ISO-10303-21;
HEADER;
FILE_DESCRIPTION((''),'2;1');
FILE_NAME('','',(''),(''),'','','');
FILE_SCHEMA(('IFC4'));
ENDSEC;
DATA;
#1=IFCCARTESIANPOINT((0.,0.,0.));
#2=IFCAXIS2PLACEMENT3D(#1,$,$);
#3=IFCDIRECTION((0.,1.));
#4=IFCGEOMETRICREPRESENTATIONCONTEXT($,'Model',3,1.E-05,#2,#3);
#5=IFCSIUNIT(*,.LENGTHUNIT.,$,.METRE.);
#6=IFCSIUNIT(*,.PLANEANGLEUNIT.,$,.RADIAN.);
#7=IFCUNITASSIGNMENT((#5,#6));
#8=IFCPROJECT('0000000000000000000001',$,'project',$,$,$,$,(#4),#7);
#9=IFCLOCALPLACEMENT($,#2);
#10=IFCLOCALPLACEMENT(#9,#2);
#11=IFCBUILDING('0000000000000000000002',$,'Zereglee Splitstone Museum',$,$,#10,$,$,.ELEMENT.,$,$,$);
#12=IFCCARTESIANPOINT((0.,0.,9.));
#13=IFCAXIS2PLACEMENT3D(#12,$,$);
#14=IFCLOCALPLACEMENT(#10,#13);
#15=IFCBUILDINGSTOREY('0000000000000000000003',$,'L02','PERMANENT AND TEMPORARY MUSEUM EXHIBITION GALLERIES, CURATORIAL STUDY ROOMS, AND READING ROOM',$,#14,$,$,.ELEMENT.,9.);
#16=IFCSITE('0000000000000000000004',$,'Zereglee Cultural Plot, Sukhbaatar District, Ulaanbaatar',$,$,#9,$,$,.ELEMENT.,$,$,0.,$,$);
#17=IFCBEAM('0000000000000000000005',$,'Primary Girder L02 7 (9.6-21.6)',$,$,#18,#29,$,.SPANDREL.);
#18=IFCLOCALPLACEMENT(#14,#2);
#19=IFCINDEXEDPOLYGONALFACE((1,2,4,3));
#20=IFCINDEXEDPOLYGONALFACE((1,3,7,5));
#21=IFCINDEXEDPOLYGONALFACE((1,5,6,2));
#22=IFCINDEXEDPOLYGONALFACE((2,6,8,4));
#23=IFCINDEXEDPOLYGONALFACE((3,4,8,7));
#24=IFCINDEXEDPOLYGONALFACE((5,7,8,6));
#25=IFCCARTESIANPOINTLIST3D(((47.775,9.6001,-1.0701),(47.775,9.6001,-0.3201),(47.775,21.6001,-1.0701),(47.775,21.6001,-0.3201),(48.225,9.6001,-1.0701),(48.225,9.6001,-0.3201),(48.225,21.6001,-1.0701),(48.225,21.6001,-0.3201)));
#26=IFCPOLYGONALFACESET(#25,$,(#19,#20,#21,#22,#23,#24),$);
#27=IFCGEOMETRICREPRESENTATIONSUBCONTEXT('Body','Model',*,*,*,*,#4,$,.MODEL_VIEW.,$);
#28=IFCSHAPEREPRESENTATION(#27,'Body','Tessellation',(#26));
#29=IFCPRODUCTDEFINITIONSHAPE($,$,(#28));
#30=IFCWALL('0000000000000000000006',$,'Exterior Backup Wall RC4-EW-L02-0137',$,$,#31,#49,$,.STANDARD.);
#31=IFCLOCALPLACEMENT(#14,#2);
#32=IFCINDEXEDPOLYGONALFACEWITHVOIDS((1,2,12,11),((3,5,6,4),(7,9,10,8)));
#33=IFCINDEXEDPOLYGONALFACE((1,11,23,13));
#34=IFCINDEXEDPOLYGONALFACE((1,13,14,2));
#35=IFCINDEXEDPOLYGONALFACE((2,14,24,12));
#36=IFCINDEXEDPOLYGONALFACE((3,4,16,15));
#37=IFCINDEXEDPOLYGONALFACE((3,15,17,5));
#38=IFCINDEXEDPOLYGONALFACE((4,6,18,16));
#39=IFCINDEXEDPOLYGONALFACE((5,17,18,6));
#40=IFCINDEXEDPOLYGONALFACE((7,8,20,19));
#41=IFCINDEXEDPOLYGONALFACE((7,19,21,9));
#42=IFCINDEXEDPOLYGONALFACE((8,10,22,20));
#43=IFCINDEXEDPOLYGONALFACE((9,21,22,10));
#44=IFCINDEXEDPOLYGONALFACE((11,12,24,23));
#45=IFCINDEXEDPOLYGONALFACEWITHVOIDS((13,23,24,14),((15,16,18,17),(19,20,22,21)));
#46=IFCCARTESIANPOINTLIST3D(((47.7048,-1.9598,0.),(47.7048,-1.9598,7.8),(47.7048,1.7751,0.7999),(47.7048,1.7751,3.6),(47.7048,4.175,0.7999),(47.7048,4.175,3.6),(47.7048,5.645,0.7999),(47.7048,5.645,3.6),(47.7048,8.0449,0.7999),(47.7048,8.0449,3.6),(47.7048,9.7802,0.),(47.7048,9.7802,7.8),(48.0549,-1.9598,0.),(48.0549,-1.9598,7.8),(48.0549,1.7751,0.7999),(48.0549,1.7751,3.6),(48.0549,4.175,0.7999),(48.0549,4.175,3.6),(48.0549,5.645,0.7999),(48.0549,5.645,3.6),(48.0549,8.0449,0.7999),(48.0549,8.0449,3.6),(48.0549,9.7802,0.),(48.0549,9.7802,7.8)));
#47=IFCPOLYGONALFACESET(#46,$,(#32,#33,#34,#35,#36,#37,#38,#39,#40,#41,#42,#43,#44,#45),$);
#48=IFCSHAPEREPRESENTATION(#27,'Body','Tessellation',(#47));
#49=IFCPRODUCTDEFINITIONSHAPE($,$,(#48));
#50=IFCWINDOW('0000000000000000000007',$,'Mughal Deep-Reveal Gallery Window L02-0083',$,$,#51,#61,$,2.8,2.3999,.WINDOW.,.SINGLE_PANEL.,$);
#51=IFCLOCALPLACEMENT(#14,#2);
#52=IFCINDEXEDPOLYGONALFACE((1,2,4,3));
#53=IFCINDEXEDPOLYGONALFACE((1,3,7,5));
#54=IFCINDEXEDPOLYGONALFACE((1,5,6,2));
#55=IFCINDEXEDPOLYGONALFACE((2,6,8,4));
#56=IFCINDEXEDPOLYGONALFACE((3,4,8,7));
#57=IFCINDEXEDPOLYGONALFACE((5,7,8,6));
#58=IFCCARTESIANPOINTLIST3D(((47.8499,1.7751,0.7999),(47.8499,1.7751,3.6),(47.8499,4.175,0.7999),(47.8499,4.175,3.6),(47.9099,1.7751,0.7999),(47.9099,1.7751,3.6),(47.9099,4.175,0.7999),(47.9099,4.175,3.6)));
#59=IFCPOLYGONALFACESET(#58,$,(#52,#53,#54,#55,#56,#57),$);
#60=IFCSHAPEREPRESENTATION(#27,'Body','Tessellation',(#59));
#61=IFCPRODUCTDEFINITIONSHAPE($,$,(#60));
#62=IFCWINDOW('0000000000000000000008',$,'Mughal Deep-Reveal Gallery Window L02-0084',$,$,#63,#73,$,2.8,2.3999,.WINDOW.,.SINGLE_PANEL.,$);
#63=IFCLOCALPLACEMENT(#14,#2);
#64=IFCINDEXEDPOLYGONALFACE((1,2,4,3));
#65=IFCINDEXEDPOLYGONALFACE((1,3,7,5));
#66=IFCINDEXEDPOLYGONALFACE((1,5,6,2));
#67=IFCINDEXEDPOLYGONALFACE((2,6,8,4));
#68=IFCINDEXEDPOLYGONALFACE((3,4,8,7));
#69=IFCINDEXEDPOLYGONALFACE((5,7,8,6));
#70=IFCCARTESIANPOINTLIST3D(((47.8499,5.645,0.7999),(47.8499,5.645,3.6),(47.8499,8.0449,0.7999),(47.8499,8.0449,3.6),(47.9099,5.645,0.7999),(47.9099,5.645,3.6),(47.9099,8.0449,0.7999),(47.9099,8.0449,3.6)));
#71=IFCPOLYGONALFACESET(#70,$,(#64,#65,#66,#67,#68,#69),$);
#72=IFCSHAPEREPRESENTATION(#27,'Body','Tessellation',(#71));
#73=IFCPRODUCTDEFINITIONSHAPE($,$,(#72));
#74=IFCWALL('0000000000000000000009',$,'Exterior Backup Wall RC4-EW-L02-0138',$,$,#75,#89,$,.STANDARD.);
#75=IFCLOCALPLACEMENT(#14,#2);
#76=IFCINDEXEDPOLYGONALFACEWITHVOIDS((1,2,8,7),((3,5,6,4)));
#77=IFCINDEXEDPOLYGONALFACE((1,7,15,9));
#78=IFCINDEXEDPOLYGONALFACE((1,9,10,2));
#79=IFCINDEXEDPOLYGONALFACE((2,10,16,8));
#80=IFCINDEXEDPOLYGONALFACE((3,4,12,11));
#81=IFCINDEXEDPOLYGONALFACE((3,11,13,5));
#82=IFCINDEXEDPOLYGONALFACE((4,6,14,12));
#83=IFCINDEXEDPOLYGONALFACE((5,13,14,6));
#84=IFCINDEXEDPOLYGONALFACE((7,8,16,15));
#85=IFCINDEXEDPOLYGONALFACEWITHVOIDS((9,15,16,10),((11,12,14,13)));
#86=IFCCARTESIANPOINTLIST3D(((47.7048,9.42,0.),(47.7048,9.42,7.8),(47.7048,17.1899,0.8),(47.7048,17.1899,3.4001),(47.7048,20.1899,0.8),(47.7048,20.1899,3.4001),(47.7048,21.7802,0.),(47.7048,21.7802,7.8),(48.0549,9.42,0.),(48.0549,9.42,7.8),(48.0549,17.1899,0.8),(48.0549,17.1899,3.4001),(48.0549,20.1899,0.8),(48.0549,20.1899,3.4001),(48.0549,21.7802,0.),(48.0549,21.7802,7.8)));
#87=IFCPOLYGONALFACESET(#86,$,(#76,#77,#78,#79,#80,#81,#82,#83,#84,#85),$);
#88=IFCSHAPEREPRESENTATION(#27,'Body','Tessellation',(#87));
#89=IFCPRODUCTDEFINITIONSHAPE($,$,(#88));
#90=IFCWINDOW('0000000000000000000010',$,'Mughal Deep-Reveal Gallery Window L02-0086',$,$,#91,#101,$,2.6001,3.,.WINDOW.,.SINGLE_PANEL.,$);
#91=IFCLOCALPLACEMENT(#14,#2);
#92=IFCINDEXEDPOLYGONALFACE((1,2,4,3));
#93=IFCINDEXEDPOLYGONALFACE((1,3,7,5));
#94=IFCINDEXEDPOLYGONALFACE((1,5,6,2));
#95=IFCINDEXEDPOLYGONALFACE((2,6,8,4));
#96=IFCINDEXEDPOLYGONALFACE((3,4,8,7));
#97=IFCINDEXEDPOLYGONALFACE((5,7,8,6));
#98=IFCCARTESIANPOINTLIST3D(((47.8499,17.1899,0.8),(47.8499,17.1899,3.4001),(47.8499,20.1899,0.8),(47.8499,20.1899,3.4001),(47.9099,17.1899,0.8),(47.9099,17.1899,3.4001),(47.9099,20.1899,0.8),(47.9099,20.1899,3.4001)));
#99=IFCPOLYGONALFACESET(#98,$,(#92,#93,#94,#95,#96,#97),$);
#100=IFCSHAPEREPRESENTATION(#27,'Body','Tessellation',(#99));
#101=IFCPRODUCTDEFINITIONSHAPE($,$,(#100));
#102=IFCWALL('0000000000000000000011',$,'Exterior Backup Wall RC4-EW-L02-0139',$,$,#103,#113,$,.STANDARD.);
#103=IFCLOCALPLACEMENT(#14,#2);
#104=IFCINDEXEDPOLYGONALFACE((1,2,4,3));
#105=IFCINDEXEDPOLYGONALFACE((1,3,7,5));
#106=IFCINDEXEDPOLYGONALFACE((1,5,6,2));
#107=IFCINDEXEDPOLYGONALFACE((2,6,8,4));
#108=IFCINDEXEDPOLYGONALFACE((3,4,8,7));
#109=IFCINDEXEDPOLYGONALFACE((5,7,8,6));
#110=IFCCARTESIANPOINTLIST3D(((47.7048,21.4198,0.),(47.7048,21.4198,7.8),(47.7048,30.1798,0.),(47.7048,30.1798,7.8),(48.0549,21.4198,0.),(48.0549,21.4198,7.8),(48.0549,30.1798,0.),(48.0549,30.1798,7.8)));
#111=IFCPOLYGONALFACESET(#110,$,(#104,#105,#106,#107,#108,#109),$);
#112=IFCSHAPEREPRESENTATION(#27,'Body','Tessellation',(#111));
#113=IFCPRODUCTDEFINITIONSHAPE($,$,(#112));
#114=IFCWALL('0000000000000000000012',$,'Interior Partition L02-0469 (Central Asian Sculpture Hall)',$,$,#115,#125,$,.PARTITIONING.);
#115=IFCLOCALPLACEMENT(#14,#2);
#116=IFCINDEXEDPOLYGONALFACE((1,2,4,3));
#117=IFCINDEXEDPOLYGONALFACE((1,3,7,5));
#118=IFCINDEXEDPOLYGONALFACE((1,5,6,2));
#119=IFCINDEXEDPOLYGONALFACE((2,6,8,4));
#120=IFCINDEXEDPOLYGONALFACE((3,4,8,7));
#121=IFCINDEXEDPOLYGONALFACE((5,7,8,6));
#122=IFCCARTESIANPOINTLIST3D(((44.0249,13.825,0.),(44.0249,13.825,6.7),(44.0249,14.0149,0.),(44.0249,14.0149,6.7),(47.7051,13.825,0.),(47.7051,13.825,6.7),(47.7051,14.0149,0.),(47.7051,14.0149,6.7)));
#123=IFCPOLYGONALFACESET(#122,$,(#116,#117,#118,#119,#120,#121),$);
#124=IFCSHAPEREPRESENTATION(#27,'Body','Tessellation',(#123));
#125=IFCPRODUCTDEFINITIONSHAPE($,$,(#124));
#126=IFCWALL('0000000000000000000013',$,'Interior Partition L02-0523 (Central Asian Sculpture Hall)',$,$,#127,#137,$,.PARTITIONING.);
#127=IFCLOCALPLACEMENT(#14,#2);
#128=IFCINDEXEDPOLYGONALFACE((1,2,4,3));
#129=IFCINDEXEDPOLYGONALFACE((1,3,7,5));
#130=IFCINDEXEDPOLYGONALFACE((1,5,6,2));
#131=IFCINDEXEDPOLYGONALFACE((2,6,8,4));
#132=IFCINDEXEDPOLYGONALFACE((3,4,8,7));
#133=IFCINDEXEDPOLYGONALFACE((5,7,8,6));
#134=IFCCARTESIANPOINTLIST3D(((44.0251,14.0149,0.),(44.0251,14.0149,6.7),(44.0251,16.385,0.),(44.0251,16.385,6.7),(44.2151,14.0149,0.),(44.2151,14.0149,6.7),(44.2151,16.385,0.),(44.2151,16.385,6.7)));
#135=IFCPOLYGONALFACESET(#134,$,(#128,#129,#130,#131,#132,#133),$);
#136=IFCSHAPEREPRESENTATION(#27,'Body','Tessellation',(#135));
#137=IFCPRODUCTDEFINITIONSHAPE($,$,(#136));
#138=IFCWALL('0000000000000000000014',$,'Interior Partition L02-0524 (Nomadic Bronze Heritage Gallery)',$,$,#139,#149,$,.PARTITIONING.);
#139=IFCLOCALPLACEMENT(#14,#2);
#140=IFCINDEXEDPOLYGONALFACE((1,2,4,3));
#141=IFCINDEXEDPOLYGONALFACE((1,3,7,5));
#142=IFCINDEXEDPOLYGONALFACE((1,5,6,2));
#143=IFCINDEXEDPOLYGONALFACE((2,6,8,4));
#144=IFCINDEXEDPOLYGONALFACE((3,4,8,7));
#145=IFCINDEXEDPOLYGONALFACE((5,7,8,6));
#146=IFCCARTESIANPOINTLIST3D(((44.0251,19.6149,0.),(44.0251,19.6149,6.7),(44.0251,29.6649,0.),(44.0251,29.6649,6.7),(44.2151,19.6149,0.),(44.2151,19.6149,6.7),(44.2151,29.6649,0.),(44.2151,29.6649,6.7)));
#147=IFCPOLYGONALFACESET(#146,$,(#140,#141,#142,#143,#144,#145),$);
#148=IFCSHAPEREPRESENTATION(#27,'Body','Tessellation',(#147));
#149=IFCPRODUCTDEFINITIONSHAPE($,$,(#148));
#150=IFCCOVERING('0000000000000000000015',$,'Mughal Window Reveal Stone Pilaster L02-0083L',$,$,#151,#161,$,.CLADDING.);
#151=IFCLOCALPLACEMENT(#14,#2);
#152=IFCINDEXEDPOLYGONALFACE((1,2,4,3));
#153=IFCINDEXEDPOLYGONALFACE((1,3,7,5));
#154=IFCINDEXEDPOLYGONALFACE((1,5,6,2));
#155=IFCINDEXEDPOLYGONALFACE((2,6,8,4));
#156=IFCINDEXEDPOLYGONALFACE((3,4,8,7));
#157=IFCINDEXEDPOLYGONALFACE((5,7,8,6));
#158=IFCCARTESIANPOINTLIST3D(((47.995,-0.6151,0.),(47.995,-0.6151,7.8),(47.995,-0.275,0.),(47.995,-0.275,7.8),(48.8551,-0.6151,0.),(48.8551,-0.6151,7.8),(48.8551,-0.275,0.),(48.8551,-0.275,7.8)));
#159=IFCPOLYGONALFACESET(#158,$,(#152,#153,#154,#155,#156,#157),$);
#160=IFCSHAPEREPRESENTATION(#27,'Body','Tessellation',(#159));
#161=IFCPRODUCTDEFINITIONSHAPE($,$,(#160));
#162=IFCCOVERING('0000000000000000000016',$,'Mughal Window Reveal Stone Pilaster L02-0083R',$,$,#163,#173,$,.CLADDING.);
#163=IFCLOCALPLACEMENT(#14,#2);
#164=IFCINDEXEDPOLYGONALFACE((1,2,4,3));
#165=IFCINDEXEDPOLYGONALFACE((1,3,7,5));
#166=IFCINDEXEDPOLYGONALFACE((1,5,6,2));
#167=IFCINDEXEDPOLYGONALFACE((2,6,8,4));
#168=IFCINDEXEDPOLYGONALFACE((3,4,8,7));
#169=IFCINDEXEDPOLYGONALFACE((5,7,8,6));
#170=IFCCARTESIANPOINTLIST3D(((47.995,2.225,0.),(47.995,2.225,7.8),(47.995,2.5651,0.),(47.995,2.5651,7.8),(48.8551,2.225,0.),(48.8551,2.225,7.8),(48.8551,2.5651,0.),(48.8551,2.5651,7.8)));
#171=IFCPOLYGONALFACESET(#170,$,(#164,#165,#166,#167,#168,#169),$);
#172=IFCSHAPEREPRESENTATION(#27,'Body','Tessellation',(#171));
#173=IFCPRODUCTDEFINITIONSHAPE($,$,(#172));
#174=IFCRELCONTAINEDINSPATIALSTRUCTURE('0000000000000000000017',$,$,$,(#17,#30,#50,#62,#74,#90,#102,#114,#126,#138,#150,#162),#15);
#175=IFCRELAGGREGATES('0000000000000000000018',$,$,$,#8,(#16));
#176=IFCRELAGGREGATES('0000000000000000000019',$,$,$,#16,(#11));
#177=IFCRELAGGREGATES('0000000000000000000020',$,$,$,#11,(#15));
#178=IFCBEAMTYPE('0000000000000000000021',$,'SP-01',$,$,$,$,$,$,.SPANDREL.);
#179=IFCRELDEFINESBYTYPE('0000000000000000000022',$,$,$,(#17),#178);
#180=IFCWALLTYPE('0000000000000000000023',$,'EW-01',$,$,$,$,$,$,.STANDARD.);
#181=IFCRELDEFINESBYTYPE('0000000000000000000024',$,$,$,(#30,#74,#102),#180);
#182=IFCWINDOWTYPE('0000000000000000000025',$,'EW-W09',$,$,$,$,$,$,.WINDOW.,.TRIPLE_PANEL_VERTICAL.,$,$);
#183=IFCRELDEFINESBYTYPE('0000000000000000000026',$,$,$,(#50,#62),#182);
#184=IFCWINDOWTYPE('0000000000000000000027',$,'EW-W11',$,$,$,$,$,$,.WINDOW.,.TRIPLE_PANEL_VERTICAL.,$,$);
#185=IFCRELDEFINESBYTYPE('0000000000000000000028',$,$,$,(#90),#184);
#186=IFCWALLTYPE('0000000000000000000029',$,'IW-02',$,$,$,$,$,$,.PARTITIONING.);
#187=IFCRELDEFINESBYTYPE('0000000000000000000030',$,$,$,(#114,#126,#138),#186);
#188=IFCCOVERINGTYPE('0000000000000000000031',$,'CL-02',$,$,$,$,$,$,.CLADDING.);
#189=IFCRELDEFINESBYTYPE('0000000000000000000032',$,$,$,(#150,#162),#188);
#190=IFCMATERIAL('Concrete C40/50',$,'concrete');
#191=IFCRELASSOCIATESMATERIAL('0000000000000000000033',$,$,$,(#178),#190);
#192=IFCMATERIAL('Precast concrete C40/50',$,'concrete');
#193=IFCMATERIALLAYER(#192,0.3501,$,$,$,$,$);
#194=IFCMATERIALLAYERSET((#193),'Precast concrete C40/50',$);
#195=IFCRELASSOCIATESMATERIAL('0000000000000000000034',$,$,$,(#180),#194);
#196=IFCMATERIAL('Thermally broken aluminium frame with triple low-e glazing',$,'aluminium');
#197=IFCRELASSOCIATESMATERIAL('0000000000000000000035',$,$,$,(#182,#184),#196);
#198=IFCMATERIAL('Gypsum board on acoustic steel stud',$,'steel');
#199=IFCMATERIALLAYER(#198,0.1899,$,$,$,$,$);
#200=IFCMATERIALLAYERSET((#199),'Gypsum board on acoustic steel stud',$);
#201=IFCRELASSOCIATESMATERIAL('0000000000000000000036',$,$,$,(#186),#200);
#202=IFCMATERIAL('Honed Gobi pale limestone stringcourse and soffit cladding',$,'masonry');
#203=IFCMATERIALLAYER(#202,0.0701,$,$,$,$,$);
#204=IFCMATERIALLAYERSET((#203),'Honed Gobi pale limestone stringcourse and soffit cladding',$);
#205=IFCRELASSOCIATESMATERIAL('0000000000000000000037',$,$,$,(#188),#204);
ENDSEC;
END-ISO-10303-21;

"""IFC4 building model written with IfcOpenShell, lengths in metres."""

from ifc_helpers import new_model, si_unit, direction, frame, frame_2d, origin, origin_2d, place, context, subcontext, project, spatial, rectangle, extrude, material, layer, layer_set, material_profile, profile_set, type_object, element, fill, save


model = new_model("IFC4")

# Units and contexts
model_context = context("Model", 3, precision=1e-05, world=origin(), true_north=direction((0.0, 1.0)))
body_context = subcontext(model_context, "Body", "Model", "MODEL_VIEW")
ifc_project = project(units=[si_unit("LENGTHUNIT", "METRE"), si_unit("PLANEANGLEUNIT", "RADIAN")], contexts=[model_context])

# Site, building, storey
site_placement = place(None, origin())
site = spatial("IfcSite", under=ifc_project, at=site_placement, Name="Zereglee Cultural Plot, Sukhbaatar District, Ulaanbaatar", CompositionType="ELEMENT", RefElevation=0.0)
building_placement = place(site_placement, origin())
building = spatial("IfcBuilding", under=site, at=building_placement, Name="Zereglee Splitstone Museum", CompositionType="ELEMENT")
storey_placement = place(building_placement, frame((0.0, 0.0, 9.0)))
storey = spatial("IfcBuildingStorey", under=building, at=storey_placement, Name="L02", Description="PERMANENT AND TEMPORARY MUSEUM EXHIBITION GALLERIES, CURATORIAL STUDY ROOMS, AND READING ROOM", CompositionType="ELEMENT", Elevation=9.0)

# Beam
ifc_material_1 = material(Name="Concrete C40/50", Category="concrete")
ifc_material_profile_1 = material_profile(ifc_material_1, rectangle(XDim=0.45, YDim=0.75, at=origin_2d()), Name="RC 450x750")
ifc_profile_set_1 = profile_set([ifc_material_profile_1], Name="Concrete C40/50")
beam_type_1 = type_object("IfcBeamType", Name="SP-01", PredefinedType="SPANDREL", material=ifc_profile_set_1)
beam_1_placement = place(storey_placement, frame((48.0, 9.6001, -0.6951), z_axis=(0.0, 1.0, 0.0), x_axis=(-1.0, 0.0, 0.0)))
element("IfcBeam", 1, at=beam_1_placement, inside=storey, type_object=beam_type_1, Name="Primary Girder L02 7 (9.6-21.6)", PredefinedType="SPANDREL", context=body_context, shape_type="SweptSolid", body=[
    extrude(rectangle(XDim=0.45, YDim=0.75, at=origin_2d()), origin(), (0.0, 0.0, 1.0), 12.0),
])

# Wall, openings, windows
ifc_material_2 = material(Name="Precast concrete C40/50", Category="concrete")
ifc_layer_1 = layer(ifc_material_2, 0.3501)
ifc_layer_set_1 = layer_set([ifc_layer_1], Name="Precast concrete C40/50")
wall_type_1 = type_object("IfcWallType", Name="EW-01", PredefinedType="STANDARD", material=ifc_layer_set_1)
wall_1_placement = place(storey_placement, frame((47.8799, -1.96, 0.0), z_axis=(0.0, 0.0, 1.0), x_axis=(0.0, 1.0, 0.0)))
wall_1 = element("IfcWall", 2, at=wall_1_placement, inside=storey, type_object=wall_type_1, Name="Exterior Backup Wall RC4-EW-L02-0137", PredefinedType="STANDARD", context=body_context, shape_type="SweptSolid", body=[
    extrude(rectangle(XDim=11.74, YDim=0.3501, at=frame_2d((5.8701, 0.0))), origin(), (0.0, 0.0, 1.0), 7.8),
])
opening_1_placement = place(wall_1_placement, frame((3.7351, 0.0, 0.8)))
opening_1 = element("IfcOpeningElement", 3, at=opening_1_placement, cuts=wall_1, PredefinedType="OPENING", context=body_context, shape_type="SweptSolid", body=[
    extrude(rectangle(XDim=2.3999, YDim=2.8, at=frame_2d((1.2, 1.3999))), frame((0.0, 0.1899, 0.0), z_axis=(0.0, -1.0, 0.0), x_axis=(1.0, 0.0, 0.0)), (0.0, 0.0, 1.0), 0.3799),
])
opening_2_placement = place(wall_1_placement, frame((7.605, 0.0, 0.8)))
opening_2 = element("IfcOpeningElement", 4, at=opening_2_placement, cuts=wall_1, PredefinedType="OPENING", context=body_context, shape_type="SweptSolid", body=[
    extrude(rectangle(XDim=2.3999, YDim=2.8, at=frame_2d((1.2, 1.3999))), frame((0.0, 0.1899, 0.0), z_axis=(0.0, -1.0, 0.0), x_axis=(1.0, 0.0, 0.0)), (0.0, 0.0, 1.0), 0.3799),
])
ifc_material_3 = material(Name="Thermally broken aluminium frame with triple low-e glazing", Category="aluminium")
window_type_1 = type_object("IfcWindowType", Name="EW-W09", PartitioningType="TRIPLE_PANEL_VERTICAL", PredefinedType="WINDOW", material=ifc_material_3)
window_1_placement = place(opening_1_placement, origin())
window_1 = element("IfcWindow", 5, at=window_1_placement, inside=storey, type_object=window_type_1, Name="Mughal Deep-Reveal Gallery Window L02-0083", OverallHeight=2.8, OverallWidth=2.3999, PartitioningType="SINGLE_PANEL", PredefinedType="WINDOW", context=body_context, shape_type="SweptSolid", body=[
    extrude(rectangle(XDim=2.3999, YDim=2.8, at=frame_2d((1.2, 1.3999))), frame((0.0, 0.03, 0.0), z_axis=(0.0, -1.0, 0.0), x_axis=(1.0, 0.0, 0.0)), (0.0, 0.0, 1.0), 0.0601),
])
fill(opening_1, window_1)
window_2_placement = place(opening_2_placement, origin())
window_2 = element("IfcWindow", 6, at=window_2_placement, inside=storey, type_object=window_type_1, Name="Mughal Deep-Reveal Gallery Window L02-0084", OverallHeight=2.8, OverallWidth=2.3999, PartitioningType="SINGLE_PANEL", PredefinedType="WINDOW", context=body_context, shape_type="SweptSolid", body=[
    extrude(rectangle(XDim=2.3999, YDim=2.8, at=frame_2d((1.2, 1.3999))), frame((0.0, 0.03, 0.0), z_axis=(0.0, -1.0, 0.0), x_axis=(1.0, 0.0, 0.0)), (0.0, 0.0, 1.0), 0.0601),
])
fill(opening_2, window_2)

# Wall, opening, window
wall_2_placement = place(storey_placement, frame((47.8799, 9.4199, 0.0), z_axis=(0.0, 0.0, 1.0), x_axis=(0.0, 1.0, 0.0)))
wall_2 = element("IfcWall", 7, at=wall_2_placement, inside=storey, type_object=wall_type_1, Name="Exterior Backup Wall RC4-EW-L02-0138", PredefinedType="STANDARD", context=body_context, shape_type="SweptSolid", body=[
    extrude(rectangle(XDim=12.3601, YDim=0.3501, at=frame_2d((6.1802, 0.0))), origin(), (0.0, 0.0, 1.0), 7.8),
])
opening_3_placement = place(wall_2_placement, frame((7.77, 0.0, 0.8)))
opening_3 = element("IfcOpeningElement", 8, at=opening_3_placement, cuts=wall_2, PredefinedType="OPENING", context=body_context, shape_type="SweptSolid", body=[
    extrude(rectangle(XDim=3.0, YDim=2.6001, at=frame_2d((1.5, 1.3))), frame((0.0, 0.1899, 0.0), z_axis=(0.0, -1.0, 0.0), x_axis=(1.0, 0.0, 0.0)), (0.0, 0.0, 1.0), 0.3799),
])
window_type_2 = type_object("IfcWindowType", Name="EW-W11", PartitioningType="TRIPLE_PANEL_VERTICAL", PredefinedType="WINDOW", material=ifc_material_3)
window_3_placement = place(opening_3_placement, origin())
window_3 = element("IfcWindow", 9, at=window_3_placement, inside=storey, type_object=window_type_2, Name="Mughal Deep-Reveal Gallery Window L02-0086", OverallHeight=2.6001, OverallWidth=3.0, PartitioningType="SINGLE_PANEL", PredefinedType="WINDOW", context=body_context, shape_type="SweptSolid", body=[
    extrude(rectangle(XDim=3.0, YDim=2.6001, at=frame_2d((1.5, 1.3))), frame((0.0, 0.03, 0.0), z_axis=(0.0, -1.0, 0.0), x_axis=(1.0, 0.0, 0.0)), (0.0, 0.0, 1.0), 0.0601),
])
fill(opening_3, window_3)

# Walls
wall_3_placement = place(storey_placement, frame((47.8799, 21.4199, 0.0), z_axis=(0.0, 0.0, 1.0), x_axis=(0.0, 1.0, 0.0)))
element("IfcWall", 10, at=wall_3_placement, inside=storey, type_object=wall_type_1, Name="Exterior Backup Wall RC4-EW-L02-0139", PredefinedType="STANDARD", context=body_context, shape_type="SweptSolid", body=[
    extrude(rectangle(XDim=8.76, YDim=0.3501, at=frame_2d((4.3799, 0.0))), origin(), (0.0, 0.0, 1.0), 7.8),
])
ifc_material_4 = material(Name="Gypsum board on acoustic steel stud", Category="steel")
ifc_layer_2 = layer(ifc_material_4, 0.1899)
ifc_layer_set_2 = layer_set([ifc_layer_2], Name="Gypsum board on acoustic steel stud")
wall_type_2 = type_object("IfcWallType", Name="IW-02", PredefinedType="PARTITIONING", material=ifc_layer_set_2)
wall_4_placement = place(storey_placement, frame((44.0249, 13.9199, 0.0), z_axis=(0.0, 0.0, 1.0), x_axis=(1.0, 0.0, 0.0)))
element("IfcWall", 11, at=wall_4_placement, inside=storey, type_object=wall_type_2, Name="Interior Partition L02-0469 (Central Asian Sculpture Hall)", PredefinedType="PARTITIONING", context=body_context, shape_type="SweptSolid", body=[
    extrude(rectangle(XDim=3.6802, YDim=0.1899, at=frame_2d((1.8401, 0.0))), origin(), (0.0, 0.0, 1.0), 6.7),
])
wall_5_placement = place(storey_placement, frame((44.1201, 14.0149, 0.0), z_axis=(0.0, 0.0, 1.0), x_axis=(0.0, 1.0, 0.0)))
element("IfcWall", 12, at=wall_5_placement, inside=storey, type_object=wall_type_2, Name="Interior Partition L02-0523 (Central Asian Sculpture Hall)", PredefinedType="PARTITIONING", context=body_context, shape_type="SweptSolid", body=[
    extrude(rectangle(XDim=2.3701, YDim=0.1899, at=frame_2d((1.1851, 0.0))), origin(), (0.0, 0.0, 1.0), 6.7),
])
wall_6_placement = place(storey_placement, frame((44.1201, 19.615, 0.0), z_axis=(0.0, 0.0, 1.0), x_axis=(0.0, 1.0, 0.0)))
element("IfcWall", 13, at=wall_6_placement, inside=storey, type_object=wall_type_2, Name="Interior Partition L02-0524 (Nomadic Bronze Heritage Gallery)", PredefinedType="PARTITIONING", context=body_context, shape_type="SweptSolid", body=[
    extrude(rectangle(XDim=10.05, YDim=0.1899, at=frame_2d((5.0249, 0.0))), origin(), (0.0, 0.0, 1.0), 6.7),
])

# Coverings
ifc_material_5 = material(Name="Honed Gobi pale limestone stringcourse and soffit cladding", Category="masonry")
ifc_layer_3 = layer(ifc_material_5, 0.0701)
ifc_layer_set_3 = layer_set([ifc_layer_3], Name="Honed Gobi pale limestone stringcourse and soffit cladding")
covering_type_1 = type_object("IfcCoveringType", Name="CL-02", PredefinedType="CLADDING", material=ifc_layer_set_3)
for number, where, z_axis, x_axis, name in (
    (14, (48.425, -0.4451, 0.0), (0.0, 0.0, 1.0), (0.0, 1.0, 0.0), "Mughal Window Reveal Stone Pilaster L02-0083L"),
    (15, (48.425, 2.395, 0.0), (0.0, 0.0, 1.0), (0.0, 1.0, 0.0), "Mughal Window Reveal Stone Pilaster L02-0083R"),
):
    element("IfcCovering", number, at=place(storey_placement, frame(where, z_axis=z_axis, x_axis=x_axis)), inside=storey, type_object=covering_type_1, Name=name, PredefinedType="CLADDING", context=body_context, shape_type="SweptSolid", body=[
        extrude(rectangle(XDim=0.3401, YDim=0.8601, at=origin_2d()), origin(), (0.0, 0.0, 1.0), 7.8),
    ])

save(model, "model.ifc")
